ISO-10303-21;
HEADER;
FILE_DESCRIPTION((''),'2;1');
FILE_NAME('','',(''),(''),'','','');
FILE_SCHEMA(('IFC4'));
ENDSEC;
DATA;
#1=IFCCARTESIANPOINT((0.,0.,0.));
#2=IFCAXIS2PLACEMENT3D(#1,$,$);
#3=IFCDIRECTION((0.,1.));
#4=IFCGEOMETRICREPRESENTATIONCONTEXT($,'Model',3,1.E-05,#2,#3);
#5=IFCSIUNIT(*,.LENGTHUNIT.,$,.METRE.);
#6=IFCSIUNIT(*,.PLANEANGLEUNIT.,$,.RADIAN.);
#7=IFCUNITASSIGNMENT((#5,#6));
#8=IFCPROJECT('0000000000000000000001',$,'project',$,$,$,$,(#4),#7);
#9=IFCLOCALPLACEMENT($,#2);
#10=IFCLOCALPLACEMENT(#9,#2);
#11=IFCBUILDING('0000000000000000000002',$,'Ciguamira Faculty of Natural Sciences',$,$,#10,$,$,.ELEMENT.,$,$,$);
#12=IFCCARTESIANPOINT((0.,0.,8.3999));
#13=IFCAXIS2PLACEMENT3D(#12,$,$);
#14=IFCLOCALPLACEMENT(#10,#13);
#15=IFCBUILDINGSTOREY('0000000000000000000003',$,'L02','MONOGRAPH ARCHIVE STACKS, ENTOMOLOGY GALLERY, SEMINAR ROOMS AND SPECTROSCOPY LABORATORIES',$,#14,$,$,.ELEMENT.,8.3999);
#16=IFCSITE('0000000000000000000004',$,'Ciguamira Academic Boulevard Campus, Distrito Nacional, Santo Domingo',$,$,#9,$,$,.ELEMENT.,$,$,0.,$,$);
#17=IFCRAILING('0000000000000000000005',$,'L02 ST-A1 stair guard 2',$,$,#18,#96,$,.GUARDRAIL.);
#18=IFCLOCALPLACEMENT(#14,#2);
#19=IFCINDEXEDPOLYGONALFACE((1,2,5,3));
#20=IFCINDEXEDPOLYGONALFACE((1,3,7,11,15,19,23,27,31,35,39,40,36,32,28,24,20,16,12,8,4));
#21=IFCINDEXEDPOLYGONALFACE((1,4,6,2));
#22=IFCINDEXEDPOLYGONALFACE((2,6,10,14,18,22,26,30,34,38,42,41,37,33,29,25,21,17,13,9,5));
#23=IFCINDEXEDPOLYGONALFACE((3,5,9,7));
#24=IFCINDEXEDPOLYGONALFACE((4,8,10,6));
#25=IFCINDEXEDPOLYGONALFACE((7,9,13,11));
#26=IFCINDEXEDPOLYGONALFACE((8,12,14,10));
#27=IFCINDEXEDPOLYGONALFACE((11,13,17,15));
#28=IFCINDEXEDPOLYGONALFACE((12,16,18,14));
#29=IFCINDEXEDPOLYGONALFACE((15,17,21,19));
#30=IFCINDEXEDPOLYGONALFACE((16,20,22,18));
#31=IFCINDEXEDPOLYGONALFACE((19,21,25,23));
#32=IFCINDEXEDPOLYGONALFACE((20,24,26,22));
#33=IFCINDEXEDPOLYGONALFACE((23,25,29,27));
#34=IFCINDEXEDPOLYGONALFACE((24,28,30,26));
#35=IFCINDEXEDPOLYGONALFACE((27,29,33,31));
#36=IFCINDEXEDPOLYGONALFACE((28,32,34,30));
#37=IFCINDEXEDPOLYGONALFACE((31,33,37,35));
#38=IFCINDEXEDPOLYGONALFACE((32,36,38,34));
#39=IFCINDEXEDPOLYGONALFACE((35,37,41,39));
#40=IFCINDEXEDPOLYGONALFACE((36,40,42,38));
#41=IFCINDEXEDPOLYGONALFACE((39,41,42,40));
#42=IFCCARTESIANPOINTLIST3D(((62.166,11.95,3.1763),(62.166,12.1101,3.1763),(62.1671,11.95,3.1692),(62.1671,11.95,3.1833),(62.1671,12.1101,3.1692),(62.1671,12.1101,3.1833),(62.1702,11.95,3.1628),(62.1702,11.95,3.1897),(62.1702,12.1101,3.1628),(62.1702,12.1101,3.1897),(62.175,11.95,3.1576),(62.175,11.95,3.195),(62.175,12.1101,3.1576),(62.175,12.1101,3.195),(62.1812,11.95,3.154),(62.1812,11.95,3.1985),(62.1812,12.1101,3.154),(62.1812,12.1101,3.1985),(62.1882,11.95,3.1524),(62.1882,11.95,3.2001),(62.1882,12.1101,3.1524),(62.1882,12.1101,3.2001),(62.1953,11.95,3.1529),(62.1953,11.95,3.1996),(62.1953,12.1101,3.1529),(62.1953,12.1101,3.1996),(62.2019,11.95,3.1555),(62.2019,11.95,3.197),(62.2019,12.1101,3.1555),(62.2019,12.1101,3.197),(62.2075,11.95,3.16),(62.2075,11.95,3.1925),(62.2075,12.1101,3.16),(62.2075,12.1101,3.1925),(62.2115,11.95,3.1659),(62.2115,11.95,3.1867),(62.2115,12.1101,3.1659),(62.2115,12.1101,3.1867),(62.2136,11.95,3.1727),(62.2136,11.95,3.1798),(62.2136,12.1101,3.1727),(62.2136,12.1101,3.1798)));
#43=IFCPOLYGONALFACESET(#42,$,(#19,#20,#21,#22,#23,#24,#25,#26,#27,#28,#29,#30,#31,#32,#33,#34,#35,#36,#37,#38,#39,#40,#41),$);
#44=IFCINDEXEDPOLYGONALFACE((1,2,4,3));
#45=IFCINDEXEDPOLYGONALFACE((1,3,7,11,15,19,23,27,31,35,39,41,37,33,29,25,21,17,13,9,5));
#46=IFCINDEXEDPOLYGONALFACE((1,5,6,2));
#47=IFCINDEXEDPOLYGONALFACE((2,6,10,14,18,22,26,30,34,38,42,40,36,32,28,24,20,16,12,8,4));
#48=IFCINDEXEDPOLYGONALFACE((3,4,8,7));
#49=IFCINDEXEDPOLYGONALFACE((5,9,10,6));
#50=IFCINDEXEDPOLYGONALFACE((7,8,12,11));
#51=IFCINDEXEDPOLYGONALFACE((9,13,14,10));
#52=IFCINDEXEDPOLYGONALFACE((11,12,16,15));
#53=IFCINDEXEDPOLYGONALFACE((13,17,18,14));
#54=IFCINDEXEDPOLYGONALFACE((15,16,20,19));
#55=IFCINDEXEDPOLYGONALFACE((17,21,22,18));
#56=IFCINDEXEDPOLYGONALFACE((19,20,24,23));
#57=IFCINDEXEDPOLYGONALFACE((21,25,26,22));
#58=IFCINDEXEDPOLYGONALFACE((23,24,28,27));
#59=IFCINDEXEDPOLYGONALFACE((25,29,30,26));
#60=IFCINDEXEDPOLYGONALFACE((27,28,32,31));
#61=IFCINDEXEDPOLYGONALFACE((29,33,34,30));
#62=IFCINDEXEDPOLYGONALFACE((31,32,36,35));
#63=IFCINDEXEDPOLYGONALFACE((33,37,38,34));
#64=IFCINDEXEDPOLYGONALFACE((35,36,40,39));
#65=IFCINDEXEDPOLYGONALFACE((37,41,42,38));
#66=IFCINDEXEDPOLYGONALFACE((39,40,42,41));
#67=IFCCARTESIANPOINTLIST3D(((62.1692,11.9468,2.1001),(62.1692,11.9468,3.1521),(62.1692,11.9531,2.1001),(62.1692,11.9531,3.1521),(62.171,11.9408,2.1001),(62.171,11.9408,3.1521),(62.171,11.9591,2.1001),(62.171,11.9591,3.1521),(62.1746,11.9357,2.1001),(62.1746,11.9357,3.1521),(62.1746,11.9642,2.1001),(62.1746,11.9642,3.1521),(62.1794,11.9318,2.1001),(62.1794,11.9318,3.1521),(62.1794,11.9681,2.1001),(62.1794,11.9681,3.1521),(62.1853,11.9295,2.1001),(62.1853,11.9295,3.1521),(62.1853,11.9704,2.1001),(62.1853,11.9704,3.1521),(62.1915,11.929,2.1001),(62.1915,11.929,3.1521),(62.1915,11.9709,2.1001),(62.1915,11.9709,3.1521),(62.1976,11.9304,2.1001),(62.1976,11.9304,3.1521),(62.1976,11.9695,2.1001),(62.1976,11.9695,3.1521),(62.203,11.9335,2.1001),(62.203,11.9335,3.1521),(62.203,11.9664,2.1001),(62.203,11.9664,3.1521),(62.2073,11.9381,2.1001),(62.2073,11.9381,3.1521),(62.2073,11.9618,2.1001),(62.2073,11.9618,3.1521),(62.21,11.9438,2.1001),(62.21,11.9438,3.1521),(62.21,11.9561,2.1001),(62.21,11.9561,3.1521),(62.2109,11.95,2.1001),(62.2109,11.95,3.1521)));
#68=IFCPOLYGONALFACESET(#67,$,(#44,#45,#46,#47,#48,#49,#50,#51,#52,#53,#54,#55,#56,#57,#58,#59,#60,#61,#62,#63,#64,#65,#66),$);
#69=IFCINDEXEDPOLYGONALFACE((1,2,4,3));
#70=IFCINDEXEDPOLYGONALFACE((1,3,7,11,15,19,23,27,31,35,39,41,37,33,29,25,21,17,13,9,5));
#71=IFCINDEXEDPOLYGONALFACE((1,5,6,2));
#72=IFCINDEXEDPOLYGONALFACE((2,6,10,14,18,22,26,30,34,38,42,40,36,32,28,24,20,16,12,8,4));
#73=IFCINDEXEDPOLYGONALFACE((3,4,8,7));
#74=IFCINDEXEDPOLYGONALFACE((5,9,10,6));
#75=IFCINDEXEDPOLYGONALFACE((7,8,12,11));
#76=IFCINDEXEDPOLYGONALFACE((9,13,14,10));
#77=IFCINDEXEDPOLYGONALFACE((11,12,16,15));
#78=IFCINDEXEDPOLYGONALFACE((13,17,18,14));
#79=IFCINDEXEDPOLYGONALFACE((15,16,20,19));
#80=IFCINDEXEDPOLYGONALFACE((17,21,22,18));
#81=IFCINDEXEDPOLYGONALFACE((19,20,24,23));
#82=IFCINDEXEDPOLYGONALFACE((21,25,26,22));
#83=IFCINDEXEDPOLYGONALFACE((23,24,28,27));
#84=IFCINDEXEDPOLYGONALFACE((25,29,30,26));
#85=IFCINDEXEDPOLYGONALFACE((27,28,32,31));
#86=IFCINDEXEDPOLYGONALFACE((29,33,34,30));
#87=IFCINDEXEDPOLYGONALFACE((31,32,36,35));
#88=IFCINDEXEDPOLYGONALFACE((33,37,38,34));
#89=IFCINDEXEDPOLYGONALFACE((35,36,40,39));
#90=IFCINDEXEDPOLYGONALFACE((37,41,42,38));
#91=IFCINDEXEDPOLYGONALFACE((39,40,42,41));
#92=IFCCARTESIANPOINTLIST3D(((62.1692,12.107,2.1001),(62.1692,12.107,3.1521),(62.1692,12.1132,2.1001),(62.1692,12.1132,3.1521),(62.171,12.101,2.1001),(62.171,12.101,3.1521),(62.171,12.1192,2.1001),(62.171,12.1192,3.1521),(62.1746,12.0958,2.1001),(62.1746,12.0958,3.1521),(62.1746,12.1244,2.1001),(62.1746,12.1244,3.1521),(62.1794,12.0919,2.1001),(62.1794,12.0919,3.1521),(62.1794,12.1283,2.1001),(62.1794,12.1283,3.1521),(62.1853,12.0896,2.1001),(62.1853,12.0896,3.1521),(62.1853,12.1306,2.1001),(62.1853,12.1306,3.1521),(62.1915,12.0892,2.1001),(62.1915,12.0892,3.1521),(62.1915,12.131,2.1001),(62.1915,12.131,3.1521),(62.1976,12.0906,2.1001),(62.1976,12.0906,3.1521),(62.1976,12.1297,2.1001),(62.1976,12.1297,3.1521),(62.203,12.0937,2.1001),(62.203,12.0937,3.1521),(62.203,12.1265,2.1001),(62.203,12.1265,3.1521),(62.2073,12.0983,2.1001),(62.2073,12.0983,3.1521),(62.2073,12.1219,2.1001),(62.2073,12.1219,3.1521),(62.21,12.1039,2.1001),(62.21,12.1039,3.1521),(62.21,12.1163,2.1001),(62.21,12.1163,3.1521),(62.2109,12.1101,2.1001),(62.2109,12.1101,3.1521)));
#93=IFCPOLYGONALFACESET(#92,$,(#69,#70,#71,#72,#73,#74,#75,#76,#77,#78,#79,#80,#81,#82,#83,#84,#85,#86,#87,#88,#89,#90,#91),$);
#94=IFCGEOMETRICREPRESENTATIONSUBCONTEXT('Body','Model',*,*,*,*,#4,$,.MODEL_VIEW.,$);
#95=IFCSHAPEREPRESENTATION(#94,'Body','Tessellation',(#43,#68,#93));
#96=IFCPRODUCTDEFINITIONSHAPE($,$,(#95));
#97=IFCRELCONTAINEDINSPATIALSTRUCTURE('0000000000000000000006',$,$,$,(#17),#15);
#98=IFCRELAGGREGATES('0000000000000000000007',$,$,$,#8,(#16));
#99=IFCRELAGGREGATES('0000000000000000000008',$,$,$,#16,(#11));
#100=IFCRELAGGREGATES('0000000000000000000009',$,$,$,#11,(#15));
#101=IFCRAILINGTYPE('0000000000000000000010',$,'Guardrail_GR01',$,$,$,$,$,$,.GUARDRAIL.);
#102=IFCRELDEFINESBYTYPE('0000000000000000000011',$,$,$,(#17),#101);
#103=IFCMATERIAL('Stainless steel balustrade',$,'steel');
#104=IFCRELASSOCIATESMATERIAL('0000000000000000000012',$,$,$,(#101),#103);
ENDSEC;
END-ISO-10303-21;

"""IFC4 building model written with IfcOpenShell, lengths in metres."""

from ifc_helpers import new_model, si_unit, direction, frame, origin, origin_2d, place, context, subcontext, project, spatial, circle, extrude, material, type_object, element, save


model = new_model("IFC4")

# Units and contexts
model_context = context("Model", 3, precision=1e-05, world=origin(), true_north=direction((0.0, 1.0)))
body_context = subcontext(model_context, "Body", "Model", "MODEL_VIEW")
ifc_project = project(units=[si_unit("LENGTHUNIT", "METRE"), si_unit("PLANEANGLEUNIT", "RADIAN")], contexts=[model_context])

# Site, building, storey
site_placement = place(None, origin())
site = spatial("IfcSite", under=ifc_project, at=site_placement, Name="Ciguamira Academic Boulevard Campus, Distrito Nacional, Santo Domingo", CompositionType="ELEMENT", RefElevation=0.0)
building_placement = place(site_placement, origin())
building = spatial("IfcBuilding", under=site, at=building_placement, Name="Ciguamira Faculty of Natural Sciences", CompositionType="ELEMENT")
storey_placement = place(building_placement, frame((0.0, 0.0, 8.3999)))
storey = spatial("IfcBuildingStorey", under=building, at=storey_placement, Name="L02", Description="MONOGRAPH ARCHIVE STACKS, ENTOMOLOGY GALLERY, SEMINAR ROOMS AND SPECTROSCOPY LABORATORIES", CompositionType="ELEMENT", Elevation=8.3999)

# Railing
ifc_material_1 = material(Name="Stainless steel balustrade", Category="steel")
railing_type_1 = type_object("IfcRailingType", Name="Guardrail_GR01", PredefinedType="GUARDRAIL", material=ifc_material_1)
railing_1_placement = place(storey_placement, frame((62.1899, 11.95, 2.1001)))
element("IfcRailing", 1, at=railing_1_placement, inside=storey, type_object=railing_type_1, Name="L02 ST-A1 stair guard 2", PredefinedType="GUARDRAIL", context=body_context, shape_type="SweptSolid", body=[
    extrude(circle(Radius=0.0239, at=origin_2d()), frame((0.0, 0.0, 1.0762), z_axis=(0.0, 1.0, 0.0), x_axis=(-1.0, 0.0, 0.0)), (0.0, 0.0, 1.0), 0.1602),
    extrude(circle(Radius=0.021, at=origin_2d()), origin(), (0.0, 0.0, 1.0), 1.052),
    extrude(circle(Radius=0.021, at=origin_2d()), frame((0.0, 0.1602, 0.0)), (0.0, 0.0, 1.0), 1.052),
])

save(model, "model.ifc")
